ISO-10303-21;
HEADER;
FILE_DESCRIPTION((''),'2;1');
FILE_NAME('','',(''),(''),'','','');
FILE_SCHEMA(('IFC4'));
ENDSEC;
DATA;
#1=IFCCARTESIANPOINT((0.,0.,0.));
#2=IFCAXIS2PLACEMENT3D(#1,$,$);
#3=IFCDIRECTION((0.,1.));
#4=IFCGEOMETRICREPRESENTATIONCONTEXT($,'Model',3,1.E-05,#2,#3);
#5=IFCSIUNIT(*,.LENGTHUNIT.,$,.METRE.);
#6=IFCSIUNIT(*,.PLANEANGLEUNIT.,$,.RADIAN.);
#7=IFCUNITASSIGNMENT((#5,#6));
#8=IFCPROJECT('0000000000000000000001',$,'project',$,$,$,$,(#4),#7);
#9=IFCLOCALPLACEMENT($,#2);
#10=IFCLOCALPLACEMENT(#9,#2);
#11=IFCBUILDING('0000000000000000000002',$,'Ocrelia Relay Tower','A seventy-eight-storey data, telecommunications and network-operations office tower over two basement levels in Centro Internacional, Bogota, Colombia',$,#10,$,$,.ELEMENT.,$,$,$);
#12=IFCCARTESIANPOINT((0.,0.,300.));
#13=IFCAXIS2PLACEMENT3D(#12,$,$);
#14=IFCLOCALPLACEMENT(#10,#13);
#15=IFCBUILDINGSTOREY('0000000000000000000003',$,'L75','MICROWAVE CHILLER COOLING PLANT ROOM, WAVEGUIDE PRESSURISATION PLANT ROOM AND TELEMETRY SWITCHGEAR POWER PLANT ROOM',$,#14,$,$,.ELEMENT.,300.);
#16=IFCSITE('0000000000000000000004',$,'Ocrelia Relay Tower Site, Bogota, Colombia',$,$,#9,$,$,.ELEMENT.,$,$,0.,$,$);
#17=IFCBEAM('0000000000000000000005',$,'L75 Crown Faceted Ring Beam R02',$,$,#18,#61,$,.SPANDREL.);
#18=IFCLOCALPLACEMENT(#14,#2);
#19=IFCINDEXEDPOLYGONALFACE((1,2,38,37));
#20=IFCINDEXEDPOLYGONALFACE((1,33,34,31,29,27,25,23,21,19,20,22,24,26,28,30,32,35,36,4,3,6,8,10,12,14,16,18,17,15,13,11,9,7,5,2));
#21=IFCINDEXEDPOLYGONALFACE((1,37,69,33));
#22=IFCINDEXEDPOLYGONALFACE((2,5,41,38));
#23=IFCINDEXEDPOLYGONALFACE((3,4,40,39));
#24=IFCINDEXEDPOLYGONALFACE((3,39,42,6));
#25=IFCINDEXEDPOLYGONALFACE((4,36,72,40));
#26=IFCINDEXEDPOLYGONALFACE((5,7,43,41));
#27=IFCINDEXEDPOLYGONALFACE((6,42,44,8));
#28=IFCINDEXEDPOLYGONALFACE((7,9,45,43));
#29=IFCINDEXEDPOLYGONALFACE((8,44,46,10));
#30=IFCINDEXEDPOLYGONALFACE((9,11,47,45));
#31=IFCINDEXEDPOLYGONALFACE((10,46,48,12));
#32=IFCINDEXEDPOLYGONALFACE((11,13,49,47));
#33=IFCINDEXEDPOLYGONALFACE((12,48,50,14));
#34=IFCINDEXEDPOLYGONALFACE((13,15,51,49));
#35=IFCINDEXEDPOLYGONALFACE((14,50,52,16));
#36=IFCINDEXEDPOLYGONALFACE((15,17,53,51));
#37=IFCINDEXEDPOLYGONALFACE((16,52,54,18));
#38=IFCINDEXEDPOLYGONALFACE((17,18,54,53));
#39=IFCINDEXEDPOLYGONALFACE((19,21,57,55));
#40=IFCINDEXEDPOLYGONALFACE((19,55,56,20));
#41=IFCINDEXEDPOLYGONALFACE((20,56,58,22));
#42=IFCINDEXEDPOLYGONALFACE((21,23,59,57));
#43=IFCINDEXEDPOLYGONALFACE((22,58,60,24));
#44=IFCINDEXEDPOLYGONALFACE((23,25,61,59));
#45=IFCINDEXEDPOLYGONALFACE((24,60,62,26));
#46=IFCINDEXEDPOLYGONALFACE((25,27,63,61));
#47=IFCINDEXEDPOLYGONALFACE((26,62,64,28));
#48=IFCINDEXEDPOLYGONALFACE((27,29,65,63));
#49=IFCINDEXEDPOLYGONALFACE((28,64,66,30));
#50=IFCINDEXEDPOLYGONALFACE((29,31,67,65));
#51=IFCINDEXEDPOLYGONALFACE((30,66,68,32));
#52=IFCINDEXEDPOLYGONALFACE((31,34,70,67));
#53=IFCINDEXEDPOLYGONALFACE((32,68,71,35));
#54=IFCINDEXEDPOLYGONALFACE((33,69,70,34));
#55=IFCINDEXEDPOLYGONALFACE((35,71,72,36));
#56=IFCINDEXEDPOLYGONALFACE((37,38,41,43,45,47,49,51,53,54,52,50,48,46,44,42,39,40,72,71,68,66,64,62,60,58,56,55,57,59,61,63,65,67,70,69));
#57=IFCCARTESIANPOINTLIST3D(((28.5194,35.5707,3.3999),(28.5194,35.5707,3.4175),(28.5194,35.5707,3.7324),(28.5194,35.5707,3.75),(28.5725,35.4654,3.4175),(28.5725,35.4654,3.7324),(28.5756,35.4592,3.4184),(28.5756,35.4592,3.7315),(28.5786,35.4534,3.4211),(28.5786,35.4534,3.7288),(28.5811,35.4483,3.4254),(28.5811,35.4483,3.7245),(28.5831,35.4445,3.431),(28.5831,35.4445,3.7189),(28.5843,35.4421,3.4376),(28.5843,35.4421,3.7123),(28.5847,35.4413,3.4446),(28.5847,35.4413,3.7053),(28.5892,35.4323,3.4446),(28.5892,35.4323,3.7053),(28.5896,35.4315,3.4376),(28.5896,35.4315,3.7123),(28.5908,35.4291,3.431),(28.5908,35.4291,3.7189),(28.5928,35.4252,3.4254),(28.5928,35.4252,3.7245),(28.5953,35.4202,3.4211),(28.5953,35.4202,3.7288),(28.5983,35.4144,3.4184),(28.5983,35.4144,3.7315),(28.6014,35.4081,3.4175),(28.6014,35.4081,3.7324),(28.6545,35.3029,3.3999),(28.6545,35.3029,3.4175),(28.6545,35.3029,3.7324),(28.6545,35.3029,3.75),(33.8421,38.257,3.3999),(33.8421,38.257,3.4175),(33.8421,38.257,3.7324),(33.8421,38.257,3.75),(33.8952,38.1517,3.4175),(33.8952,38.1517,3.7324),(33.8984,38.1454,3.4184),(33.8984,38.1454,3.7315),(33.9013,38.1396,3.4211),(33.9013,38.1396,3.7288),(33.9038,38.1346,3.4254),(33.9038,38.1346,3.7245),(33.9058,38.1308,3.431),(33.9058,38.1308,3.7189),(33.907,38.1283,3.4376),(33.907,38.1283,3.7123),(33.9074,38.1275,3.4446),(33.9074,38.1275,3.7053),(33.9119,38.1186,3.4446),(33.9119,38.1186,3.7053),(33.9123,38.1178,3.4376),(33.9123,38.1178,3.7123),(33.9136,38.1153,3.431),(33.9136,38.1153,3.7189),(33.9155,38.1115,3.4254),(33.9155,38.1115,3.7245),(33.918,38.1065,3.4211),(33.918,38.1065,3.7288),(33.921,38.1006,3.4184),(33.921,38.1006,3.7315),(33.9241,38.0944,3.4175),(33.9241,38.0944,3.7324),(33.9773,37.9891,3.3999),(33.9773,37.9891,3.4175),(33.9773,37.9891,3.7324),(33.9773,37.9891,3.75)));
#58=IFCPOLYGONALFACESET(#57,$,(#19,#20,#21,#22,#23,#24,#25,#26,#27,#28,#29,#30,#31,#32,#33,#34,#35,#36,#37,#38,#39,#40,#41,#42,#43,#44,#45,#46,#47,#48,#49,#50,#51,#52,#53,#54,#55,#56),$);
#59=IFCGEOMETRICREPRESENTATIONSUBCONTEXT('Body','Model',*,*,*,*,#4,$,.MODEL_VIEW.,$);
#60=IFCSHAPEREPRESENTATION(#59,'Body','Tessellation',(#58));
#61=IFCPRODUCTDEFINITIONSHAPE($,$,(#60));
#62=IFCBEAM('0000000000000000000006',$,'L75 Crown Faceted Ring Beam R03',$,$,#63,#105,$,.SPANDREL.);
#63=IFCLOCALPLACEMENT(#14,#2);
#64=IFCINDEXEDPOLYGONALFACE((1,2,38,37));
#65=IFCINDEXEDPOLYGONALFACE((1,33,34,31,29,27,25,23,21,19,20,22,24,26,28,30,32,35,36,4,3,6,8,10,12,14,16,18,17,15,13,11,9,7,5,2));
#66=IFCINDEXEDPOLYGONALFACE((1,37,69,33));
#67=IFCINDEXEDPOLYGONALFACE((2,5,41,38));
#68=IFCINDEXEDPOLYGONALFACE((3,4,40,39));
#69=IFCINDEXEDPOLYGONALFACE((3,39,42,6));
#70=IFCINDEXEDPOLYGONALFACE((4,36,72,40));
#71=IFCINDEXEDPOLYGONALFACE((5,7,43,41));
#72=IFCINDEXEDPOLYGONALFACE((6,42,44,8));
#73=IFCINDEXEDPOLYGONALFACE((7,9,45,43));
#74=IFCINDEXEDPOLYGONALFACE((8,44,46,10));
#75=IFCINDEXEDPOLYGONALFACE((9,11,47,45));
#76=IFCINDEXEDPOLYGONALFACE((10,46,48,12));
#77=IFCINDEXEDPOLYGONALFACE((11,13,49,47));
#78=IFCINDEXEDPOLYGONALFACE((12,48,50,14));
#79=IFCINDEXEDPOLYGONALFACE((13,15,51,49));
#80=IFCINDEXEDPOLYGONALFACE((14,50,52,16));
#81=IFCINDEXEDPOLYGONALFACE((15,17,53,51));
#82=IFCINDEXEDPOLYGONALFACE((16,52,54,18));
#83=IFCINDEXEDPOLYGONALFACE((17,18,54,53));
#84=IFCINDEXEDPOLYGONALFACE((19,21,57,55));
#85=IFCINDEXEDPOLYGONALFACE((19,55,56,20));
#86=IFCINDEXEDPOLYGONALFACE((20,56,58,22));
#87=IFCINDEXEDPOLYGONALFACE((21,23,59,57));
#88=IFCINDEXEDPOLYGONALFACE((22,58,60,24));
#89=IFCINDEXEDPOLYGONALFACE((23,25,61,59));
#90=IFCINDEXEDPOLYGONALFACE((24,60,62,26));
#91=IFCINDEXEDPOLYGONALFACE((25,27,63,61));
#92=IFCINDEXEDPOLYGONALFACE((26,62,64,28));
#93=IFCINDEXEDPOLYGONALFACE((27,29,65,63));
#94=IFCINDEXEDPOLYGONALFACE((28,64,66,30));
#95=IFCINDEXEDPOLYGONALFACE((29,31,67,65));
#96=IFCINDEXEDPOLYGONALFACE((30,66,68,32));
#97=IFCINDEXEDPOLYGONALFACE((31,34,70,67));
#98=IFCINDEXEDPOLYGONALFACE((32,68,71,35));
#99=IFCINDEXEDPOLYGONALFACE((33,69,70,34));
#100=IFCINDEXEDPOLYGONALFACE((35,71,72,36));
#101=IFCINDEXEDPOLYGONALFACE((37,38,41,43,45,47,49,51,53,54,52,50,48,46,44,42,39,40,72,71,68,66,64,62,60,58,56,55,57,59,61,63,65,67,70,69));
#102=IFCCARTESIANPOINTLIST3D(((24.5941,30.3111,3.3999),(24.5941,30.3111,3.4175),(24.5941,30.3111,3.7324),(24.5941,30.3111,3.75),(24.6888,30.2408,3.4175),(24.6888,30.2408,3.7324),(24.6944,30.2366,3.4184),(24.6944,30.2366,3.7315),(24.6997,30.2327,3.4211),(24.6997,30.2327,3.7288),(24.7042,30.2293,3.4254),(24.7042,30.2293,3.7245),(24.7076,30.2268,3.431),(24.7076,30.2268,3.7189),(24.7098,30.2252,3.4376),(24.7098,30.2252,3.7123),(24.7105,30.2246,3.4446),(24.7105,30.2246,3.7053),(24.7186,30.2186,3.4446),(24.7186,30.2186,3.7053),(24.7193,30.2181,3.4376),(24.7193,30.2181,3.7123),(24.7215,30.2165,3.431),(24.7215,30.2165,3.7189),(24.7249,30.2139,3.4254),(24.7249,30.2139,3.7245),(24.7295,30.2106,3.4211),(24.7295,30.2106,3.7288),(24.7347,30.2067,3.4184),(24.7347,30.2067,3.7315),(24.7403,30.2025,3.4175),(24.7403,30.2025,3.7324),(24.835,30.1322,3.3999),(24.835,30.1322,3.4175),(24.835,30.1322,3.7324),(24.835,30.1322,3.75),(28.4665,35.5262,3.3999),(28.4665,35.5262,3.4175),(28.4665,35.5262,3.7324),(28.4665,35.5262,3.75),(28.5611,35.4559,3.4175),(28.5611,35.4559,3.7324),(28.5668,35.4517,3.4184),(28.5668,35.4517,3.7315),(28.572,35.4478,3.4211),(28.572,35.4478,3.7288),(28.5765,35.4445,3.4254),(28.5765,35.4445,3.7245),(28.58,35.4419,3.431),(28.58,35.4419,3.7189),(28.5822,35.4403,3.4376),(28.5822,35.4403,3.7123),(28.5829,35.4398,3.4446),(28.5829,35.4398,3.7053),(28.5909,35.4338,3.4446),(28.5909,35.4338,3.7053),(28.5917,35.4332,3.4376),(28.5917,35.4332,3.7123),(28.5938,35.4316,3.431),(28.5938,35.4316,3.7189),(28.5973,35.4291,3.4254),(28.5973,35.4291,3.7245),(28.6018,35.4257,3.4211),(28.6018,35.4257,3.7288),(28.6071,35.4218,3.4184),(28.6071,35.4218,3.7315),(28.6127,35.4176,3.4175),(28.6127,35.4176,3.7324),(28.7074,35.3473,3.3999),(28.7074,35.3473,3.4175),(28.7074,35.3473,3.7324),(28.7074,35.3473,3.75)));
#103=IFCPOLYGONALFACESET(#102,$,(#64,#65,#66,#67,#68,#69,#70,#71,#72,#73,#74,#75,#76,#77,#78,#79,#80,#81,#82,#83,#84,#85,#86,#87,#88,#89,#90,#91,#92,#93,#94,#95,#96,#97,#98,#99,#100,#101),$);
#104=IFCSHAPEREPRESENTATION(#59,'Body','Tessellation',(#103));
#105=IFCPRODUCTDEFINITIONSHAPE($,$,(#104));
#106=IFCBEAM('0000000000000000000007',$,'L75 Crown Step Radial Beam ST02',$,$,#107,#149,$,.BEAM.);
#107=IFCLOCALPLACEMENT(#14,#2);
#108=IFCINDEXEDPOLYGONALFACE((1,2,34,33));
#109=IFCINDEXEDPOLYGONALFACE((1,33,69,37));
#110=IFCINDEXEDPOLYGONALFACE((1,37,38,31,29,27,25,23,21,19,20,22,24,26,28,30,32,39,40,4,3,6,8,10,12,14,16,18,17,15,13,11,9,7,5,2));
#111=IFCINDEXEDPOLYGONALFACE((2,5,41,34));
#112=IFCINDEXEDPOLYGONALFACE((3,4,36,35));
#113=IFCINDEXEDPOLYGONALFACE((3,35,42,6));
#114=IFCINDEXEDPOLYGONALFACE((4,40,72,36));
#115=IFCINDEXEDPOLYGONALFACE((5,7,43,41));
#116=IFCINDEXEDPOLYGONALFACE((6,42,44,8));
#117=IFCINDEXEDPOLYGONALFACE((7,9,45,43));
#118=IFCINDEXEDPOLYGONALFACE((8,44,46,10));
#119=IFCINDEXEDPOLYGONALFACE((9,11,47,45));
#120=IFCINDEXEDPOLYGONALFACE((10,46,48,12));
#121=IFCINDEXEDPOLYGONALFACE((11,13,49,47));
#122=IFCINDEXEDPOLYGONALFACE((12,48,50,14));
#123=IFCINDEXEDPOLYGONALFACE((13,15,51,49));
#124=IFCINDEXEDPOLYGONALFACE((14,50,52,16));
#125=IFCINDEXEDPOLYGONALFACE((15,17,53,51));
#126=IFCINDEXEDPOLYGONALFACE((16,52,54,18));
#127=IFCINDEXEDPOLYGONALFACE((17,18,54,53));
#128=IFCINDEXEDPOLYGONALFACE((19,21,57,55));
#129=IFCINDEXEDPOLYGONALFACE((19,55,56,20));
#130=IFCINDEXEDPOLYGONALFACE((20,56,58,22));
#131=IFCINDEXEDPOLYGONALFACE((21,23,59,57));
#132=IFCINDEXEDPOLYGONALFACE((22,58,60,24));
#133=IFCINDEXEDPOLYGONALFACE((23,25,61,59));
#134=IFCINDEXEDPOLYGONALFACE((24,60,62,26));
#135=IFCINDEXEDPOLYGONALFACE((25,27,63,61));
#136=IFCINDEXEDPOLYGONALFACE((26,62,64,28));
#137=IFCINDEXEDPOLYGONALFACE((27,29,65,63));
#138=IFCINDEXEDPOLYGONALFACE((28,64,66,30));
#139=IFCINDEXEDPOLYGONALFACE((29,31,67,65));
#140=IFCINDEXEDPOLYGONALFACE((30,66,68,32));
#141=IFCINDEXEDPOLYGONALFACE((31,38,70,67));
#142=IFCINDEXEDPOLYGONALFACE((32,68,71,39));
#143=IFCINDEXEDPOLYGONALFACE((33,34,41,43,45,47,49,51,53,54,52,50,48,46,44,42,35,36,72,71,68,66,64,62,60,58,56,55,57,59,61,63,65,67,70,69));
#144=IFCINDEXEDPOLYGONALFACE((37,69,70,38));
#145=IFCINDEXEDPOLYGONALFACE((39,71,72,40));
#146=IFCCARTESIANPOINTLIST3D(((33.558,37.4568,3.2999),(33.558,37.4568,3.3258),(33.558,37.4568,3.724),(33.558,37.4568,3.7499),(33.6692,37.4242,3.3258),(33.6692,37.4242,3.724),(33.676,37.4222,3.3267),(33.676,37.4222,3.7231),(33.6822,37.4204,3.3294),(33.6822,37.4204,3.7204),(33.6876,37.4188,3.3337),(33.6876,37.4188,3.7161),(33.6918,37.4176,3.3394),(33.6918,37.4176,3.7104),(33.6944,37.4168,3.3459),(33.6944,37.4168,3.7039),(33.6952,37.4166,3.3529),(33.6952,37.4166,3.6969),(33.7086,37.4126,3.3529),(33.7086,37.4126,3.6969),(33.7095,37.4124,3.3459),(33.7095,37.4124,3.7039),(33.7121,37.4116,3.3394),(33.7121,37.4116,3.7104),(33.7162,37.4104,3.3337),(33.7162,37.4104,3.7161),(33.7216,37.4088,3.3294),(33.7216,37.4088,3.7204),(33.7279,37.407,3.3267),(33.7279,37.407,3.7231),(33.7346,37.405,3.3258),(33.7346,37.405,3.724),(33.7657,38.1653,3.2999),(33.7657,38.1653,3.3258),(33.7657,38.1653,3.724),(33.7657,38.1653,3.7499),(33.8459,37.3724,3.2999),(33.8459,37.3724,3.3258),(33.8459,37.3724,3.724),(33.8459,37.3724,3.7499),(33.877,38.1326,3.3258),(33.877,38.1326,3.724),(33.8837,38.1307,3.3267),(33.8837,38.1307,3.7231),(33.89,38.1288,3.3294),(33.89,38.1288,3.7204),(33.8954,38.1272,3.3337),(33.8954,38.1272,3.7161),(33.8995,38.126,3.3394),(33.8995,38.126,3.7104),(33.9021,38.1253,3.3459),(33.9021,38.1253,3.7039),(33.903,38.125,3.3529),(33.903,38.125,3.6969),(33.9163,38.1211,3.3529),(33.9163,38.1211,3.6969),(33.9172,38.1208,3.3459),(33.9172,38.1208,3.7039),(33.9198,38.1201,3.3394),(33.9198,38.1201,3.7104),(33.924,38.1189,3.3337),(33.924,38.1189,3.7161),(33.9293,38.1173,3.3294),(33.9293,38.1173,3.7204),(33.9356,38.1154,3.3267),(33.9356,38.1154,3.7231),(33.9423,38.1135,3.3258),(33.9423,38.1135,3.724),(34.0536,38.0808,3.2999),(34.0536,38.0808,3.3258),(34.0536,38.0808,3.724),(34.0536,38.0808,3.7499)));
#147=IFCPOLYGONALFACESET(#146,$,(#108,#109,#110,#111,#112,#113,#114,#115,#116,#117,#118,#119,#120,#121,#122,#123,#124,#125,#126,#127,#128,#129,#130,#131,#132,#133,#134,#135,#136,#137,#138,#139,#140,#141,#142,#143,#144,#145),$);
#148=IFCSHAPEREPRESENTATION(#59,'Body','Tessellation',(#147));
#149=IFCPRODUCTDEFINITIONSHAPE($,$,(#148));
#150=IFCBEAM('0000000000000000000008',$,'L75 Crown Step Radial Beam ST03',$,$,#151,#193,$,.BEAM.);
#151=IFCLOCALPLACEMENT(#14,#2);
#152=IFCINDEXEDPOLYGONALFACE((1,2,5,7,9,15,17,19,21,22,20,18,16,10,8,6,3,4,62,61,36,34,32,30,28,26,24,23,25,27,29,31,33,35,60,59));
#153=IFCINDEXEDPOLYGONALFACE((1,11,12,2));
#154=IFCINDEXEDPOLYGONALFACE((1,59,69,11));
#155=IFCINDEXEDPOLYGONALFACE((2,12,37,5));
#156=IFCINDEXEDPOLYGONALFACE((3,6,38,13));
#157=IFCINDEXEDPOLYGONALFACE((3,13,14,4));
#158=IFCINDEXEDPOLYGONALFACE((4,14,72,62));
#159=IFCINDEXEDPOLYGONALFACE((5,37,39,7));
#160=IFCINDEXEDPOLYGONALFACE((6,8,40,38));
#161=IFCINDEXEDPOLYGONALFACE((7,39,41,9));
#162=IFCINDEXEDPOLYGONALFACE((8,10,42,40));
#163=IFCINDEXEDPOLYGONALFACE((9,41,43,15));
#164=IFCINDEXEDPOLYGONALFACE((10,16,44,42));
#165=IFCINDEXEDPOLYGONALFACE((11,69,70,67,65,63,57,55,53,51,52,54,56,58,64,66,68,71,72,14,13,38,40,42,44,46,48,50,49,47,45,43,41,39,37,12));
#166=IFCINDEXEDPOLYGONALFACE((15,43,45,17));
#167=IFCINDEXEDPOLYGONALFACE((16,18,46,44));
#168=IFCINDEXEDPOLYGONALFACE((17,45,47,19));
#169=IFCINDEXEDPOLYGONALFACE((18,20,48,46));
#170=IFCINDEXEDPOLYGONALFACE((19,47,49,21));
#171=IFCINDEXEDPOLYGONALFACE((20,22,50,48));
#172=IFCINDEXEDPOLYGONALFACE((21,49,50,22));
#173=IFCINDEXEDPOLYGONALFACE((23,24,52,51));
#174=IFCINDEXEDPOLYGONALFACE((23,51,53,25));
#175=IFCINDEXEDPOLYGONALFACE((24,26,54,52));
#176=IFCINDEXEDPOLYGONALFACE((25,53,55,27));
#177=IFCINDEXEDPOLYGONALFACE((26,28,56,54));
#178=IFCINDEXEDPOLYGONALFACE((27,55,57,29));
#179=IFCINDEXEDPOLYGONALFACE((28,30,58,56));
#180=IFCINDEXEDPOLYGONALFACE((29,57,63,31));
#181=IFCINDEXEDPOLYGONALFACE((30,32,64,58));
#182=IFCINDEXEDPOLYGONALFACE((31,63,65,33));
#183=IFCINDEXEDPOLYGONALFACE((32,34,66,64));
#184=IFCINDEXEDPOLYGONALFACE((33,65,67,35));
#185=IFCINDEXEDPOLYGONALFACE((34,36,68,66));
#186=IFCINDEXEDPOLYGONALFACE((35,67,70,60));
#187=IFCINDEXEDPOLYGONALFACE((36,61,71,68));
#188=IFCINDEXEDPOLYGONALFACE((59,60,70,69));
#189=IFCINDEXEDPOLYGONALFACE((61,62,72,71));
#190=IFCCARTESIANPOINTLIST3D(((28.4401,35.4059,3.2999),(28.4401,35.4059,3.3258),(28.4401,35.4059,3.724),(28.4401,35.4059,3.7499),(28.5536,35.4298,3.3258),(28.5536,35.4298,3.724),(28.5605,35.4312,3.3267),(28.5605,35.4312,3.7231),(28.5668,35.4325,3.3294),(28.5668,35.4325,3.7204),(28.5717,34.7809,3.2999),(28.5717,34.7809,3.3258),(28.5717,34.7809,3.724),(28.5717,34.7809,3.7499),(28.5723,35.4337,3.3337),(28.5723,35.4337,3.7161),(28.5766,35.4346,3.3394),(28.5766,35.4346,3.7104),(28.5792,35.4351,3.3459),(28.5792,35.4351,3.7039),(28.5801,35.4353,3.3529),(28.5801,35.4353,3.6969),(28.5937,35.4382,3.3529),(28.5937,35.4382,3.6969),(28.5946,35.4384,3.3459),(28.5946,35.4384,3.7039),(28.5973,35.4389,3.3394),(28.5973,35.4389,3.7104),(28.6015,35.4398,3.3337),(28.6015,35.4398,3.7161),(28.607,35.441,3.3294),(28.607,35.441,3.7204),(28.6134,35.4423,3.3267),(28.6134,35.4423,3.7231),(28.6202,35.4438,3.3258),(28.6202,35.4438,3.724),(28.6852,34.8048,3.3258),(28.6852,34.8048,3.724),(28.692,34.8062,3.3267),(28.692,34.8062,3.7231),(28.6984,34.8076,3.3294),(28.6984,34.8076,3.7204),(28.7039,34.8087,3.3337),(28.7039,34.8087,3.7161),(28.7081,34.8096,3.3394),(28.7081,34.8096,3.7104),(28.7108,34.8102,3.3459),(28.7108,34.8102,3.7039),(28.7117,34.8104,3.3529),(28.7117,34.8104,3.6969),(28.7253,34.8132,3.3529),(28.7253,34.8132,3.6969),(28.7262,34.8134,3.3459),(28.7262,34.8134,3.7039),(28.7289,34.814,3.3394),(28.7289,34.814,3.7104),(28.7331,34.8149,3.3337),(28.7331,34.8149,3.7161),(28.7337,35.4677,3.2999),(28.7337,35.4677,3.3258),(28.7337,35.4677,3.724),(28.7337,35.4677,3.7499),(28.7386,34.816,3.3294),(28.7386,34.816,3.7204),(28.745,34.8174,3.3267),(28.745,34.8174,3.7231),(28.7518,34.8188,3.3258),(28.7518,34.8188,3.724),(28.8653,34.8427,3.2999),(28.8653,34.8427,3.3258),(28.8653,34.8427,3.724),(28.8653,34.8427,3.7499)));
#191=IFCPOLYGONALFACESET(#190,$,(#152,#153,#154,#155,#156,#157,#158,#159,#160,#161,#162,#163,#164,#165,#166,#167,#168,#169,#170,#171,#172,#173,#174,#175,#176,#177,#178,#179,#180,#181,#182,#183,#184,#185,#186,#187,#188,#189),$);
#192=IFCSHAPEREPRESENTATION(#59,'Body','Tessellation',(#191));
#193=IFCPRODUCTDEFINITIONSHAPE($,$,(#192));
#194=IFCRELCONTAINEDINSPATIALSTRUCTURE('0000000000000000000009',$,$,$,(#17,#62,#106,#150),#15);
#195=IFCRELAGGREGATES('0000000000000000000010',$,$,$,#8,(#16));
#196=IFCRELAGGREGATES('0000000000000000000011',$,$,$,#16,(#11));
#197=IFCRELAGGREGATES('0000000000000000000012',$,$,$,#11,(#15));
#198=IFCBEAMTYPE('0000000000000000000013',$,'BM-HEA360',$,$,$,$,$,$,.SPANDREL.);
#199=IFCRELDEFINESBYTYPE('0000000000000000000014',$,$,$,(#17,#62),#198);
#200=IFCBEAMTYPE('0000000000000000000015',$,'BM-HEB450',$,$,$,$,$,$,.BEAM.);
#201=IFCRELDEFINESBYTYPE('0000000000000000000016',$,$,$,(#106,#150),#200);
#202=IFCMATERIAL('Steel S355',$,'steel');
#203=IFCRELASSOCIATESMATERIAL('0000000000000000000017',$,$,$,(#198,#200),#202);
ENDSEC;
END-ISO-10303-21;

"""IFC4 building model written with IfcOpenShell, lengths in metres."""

from ifc_helpers import new_model, si_unit, direction, frame, origin, origin_2d, place, context, subcontext, project, spatial, i_section, extrude, material, material_profile, profile_set, type_object, element, save


model = new_model("IFC4")

# Units and contexts
model_context = context("Model", 3, precision=1e-05, world=origin(), true_north=direction((0.0, 1.0)))
body_context = subcontext(model_context, "Body", "Model", "MODEL_VIEW")
ifc_project = project(units=[si_unit("LENGTHUNIT", "METRE"), si_unit("PLANEANGLEUNIT", "RADIAN")], contexts=[model_context])

# Site, building, storey
site_placement = place(None, origin())
site = spatial("IfcSite", under=ifc_project, at=site_placement, Name="Ocrelia Relay Tower Site, Bogota, Colombia", CompositionType="ELEMENT", RefElevation=0.0)
building_placement = place(site_placement, origin())
building = spatial("IfcBuilding", under=site, at=building_placement, Name="Ocrelia Relay Tower", Description="A seventy-eight-storey data, telecommunications and network-operations office tower over two basement levels in Centro Internacional, Bogota, Colombia", CompositionType="ELEMENT")
storey_placement = place(building_placement, frame((0.0, 0.0, 300.0)))
storey = spatial("IfcBuildingStorey", under=building, at=storey_placement, Name="L75", Description="MICROWAVE CHILLER COOLING PLANT ROOM, WAVEGUIDE PRESSURISATION PLANT ROOM AND TELEMETRY SWITCHGEAR POWER PLANT ROOM", CompositionType="ELEMENT", Elevation=300.0)

# Beams
ifc_material_1 = material(Name="Steel S355", Category="steel")
ifc_material_profile_1 = material_profile(ifc_material_1, i_section(OverallWidth=0.3, OverallDepth=0.3501, WebThickness=0.01, FlangeThickness=0.0176, FilletRadius=0.0271, at=origin_2d()), Name="HEA 360")
ifc_profile_set_1 = profile_set([ifc_material_profile_1], Name="Steel S355")
beam_type_1 = type_object("IfcBeamType", Name="BM-HEA360", PredefinedType="SPANDREL", material=ifc_profile_set_1)
beam_1_placement = place(storey_placement, frame((33.9097, 38.123, 3.575), z_axis=(-0.89275, -0.450552, 0.0), x_axis=(0.450552, -0.89275, 0.0)))
element("IfcBeam", 1, at=beam_1_placement, inside=storey, type_object=beam_type_1, Name="L75 Crown Faceted Ring Beam R02", PredefinedType="SPANDREL", context=body_context, shape_type="SweptSolid", body=[
    extrude(i_section(OverallWidth=0.3, OverallDepth=0.3501, WebThickness=0.01, FlangeThickness=0.0176, FilletRadius=0.0271, at=origin_2d()), origin(), (0.0, 0.0, 1.0), 5.9622),
])
beam_2_placement = place(storey_placement, frame((28.5869, 35.4368, 3.575), z_axis=(-0.59615, -0.802873, 0.0), x_axis=(0.802873, -0.59615, 0.0)))
element("IfcBeam", 2, at=beam_2_placement, inside=storey, type_object=beam_type_1, Name="L75 Crown Faceted Ring Beam R03", PredefinedType="SPANDREL", context=body_context, shape_type="SweptSolid", body=[
    extrude(i_section(OverallWidth=0.3, OverallDepth=0.3501, WebThickness=0.01, FlangeThickness=0.0176, FilletRadius=0.0271, at=origin_2d()), origin(), (0.0, 0.0, 1.0), 6.4956),
])
ifc_material_profile_2 = material_profile(ifc_material_1, i_section(OverallWidth=0.3, OverallDepth=0.45, WebThickness=0.0139, FlangeThickness=0.0259, FilletRadius=0.0271, at=origin_2d()), Name="HEB 450")
ifc_profile_set_2 = profile_set([ifc_material_profile_2], Name="Steel S355")
beam_type_2 = type_object("IfcBeamType", Name="BM-HEB450", PredefinedType="BEAM", material=ifc_profile_set_2)
beam_3_placement = place(storey_placement, frame((33.9097, 38.123, 3.5249), z_axis=(-0.281396, -0.959592, 0.0), x_axis=(0.959592, -0.281396, 0.0)))
element("IfcBeam", 3, at=beam_3_placement, inside=storey, type_object=beam_type_2, Name="L75 Crown Step Radial Beam ST02", PredefinedType="BEAM", context=body_context, shape_type="SweptSolid", body=[
    extrude(i_section(OverallWidth=0.3, OverallDepth=0.45, WebThickness=0.0139, FlangeThickness=0.0259, FilletRadius=0.0271, at=origin_2d()), origin(), (0.0, 0.0, 1.0), 0.7383),
])
beam_4_placement = place(storey_placement, frame((28.5869, 35.4368, 3.5249), z_axis=(0.20603, -0.978546, 0.0), x_axis=(0.978546, 0.20603, 0.0)))
element("IfcBeam", 4, at=beam_4_placement, inside=storey, type_object=beam_type_2, Name="L75 Crown Step Radial Beam ST03", PredefinedType="BEAM", context=body_context, shape_type="SweptSolid", body=[
    extrude(i_section(OverallWidth=0.3, OverallDepth=0.45, WebThickness=0.0139, FlangeThickness=0.0259, FilletRadius=0.0271, at=origin_2d()), origin(), (0.0, 0.0, 1.0), 0.6387),
])

save(model, "model.ifc")
